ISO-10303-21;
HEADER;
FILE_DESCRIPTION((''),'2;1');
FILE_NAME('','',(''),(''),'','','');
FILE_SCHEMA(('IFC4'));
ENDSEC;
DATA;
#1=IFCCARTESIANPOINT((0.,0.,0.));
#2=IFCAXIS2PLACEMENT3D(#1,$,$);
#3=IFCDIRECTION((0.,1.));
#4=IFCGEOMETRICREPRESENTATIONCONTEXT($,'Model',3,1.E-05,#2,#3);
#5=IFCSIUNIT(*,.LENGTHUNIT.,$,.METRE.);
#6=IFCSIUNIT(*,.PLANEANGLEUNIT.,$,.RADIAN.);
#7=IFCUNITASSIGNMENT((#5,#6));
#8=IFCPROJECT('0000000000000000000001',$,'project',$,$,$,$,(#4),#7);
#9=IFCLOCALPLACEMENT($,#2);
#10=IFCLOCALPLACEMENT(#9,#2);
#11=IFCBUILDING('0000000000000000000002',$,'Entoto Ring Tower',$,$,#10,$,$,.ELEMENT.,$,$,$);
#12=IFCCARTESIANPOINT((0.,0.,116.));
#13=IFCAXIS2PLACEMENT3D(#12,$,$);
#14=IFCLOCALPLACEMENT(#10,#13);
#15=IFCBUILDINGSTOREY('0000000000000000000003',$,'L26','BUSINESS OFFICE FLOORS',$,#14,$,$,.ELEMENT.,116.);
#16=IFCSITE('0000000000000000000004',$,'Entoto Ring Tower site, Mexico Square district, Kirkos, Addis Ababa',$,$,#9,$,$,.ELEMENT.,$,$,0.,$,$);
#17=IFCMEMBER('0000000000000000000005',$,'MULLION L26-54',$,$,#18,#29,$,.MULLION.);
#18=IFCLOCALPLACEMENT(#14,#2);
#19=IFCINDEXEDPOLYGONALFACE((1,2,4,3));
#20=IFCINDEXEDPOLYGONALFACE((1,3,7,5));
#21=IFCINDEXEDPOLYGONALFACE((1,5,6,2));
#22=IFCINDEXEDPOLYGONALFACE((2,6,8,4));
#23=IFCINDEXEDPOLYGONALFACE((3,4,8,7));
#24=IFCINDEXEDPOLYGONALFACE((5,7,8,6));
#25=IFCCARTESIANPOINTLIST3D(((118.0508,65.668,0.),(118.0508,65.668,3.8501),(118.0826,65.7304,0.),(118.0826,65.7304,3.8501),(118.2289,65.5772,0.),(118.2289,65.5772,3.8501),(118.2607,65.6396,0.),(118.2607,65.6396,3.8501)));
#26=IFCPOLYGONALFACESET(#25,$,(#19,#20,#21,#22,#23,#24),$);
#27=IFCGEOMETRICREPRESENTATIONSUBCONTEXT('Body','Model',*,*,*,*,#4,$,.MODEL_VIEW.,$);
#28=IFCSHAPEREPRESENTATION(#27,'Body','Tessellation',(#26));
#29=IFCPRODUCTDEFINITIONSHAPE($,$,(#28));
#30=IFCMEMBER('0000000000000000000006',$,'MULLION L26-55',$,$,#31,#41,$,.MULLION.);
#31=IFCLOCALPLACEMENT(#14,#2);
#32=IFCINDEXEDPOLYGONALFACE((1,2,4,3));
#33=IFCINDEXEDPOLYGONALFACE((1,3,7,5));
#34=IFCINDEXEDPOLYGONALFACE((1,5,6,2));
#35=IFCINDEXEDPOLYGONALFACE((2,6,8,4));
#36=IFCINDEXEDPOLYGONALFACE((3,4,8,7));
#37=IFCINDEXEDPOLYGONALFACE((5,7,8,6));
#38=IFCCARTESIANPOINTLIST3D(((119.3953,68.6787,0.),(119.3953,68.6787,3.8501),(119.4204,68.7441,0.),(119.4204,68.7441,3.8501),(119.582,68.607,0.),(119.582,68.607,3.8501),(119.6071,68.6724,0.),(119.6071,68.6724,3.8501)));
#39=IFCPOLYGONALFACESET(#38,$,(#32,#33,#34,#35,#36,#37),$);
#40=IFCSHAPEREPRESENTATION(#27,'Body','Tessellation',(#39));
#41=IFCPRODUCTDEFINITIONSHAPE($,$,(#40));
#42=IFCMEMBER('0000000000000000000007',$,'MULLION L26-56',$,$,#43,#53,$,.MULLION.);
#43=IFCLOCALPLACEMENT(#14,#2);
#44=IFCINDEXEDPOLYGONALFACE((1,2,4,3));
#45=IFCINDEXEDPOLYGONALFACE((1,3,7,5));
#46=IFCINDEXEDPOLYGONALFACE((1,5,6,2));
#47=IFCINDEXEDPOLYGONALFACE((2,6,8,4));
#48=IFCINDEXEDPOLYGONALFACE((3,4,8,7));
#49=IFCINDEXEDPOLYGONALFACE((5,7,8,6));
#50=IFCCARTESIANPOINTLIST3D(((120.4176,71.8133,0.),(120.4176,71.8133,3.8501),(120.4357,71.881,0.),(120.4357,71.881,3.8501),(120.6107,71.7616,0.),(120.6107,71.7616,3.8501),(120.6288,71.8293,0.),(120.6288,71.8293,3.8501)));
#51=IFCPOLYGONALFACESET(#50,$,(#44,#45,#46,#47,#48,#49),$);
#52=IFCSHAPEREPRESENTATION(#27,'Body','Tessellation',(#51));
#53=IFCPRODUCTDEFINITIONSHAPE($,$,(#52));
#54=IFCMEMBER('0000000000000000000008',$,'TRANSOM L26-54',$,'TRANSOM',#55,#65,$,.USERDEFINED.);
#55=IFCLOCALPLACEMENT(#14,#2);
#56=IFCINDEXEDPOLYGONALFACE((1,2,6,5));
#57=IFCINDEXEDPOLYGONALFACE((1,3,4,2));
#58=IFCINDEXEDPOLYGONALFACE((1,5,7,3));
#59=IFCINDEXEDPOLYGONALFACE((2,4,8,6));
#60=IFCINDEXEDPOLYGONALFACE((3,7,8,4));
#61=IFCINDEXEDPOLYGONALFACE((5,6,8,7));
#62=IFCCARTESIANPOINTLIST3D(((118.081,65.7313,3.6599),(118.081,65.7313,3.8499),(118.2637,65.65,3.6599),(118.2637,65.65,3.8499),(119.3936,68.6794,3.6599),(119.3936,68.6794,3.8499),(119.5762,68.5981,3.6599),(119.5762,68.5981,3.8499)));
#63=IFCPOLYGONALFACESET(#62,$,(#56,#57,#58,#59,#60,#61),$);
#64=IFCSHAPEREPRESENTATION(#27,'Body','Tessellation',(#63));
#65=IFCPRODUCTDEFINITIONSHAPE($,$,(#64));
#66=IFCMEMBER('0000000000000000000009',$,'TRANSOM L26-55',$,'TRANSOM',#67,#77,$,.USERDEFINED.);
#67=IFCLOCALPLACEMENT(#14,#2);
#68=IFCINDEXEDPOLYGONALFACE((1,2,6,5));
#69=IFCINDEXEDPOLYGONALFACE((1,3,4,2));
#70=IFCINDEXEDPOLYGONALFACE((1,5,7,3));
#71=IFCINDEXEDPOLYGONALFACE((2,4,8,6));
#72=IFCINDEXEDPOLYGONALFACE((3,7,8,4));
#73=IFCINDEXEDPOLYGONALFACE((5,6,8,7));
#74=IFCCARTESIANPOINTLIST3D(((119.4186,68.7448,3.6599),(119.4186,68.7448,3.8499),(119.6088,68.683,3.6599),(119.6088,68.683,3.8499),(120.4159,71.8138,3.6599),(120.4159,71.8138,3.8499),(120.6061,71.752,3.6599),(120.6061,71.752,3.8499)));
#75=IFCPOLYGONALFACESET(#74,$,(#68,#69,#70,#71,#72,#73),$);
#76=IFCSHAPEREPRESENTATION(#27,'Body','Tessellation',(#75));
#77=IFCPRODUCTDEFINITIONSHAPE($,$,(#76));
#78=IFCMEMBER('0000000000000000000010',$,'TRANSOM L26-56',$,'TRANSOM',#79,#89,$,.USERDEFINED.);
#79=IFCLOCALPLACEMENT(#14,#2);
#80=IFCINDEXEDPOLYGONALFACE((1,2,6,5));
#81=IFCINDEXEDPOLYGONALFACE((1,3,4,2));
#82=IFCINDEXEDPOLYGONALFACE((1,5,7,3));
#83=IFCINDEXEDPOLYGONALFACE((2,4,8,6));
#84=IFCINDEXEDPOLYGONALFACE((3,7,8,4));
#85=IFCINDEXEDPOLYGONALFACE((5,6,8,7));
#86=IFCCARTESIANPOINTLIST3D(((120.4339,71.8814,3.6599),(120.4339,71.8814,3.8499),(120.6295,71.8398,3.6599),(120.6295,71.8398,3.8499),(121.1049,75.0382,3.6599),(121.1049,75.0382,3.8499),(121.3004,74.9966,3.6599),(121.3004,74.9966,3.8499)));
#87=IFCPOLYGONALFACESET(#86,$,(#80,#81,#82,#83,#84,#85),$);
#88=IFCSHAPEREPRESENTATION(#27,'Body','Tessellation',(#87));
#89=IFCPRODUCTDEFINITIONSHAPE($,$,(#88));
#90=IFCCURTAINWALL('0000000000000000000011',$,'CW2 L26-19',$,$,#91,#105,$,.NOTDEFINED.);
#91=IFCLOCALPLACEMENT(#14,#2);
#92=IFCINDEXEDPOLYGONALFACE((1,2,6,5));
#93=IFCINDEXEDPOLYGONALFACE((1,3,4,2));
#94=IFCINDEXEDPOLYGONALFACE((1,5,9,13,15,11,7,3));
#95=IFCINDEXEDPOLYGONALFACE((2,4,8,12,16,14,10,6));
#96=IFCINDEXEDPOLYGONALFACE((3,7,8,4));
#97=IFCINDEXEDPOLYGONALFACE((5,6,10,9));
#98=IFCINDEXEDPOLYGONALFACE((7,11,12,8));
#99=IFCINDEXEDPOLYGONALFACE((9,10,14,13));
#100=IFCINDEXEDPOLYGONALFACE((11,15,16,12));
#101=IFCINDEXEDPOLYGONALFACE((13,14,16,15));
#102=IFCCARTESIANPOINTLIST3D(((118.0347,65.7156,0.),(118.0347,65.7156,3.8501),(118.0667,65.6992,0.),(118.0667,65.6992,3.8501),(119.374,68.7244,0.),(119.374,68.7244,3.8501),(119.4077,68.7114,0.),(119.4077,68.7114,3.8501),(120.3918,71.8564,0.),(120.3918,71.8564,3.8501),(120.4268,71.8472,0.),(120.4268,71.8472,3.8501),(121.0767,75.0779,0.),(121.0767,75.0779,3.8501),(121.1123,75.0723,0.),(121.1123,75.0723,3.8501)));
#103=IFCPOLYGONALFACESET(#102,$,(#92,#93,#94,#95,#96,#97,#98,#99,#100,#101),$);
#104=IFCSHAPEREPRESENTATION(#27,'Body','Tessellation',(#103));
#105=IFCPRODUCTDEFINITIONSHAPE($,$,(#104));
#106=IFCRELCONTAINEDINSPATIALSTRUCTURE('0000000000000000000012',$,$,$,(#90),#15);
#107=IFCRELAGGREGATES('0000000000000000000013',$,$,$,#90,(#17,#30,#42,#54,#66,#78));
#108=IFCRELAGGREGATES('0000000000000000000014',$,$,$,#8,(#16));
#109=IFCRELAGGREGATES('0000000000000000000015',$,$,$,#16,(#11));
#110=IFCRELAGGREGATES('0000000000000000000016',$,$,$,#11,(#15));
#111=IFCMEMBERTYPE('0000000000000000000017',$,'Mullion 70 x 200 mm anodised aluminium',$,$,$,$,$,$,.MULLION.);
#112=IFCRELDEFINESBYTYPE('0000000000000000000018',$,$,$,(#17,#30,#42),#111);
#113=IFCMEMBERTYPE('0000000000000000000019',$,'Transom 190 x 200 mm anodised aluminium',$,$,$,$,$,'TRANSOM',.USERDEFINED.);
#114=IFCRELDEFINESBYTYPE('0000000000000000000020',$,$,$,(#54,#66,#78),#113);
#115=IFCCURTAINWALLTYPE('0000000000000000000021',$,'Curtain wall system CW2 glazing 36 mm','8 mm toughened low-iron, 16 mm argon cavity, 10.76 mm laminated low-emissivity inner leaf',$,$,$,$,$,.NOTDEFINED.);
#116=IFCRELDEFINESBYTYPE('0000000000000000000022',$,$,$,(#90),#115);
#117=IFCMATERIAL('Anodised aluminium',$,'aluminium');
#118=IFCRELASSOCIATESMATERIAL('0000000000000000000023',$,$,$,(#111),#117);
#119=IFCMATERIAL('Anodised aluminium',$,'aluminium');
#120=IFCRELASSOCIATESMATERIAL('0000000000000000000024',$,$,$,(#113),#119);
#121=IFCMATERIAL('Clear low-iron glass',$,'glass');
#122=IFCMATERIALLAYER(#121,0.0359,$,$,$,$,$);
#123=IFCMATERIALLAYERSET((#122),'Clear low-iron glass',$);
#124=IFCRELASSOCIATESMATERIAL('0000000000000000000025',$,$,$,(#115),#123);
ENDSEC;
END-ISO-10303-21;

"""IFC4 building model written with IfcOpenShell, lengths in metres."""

from ifc_helpers import new_model, si_unit, direction, frame, origin, origin_2d, place, context, subcontext, project, spatial, polyline, rectangle, outline, extrude, material, layer, layer_set, material_profile, profile_set, type_object, element, aggregate, save


model = new_model("IFC4")

# Units and contexts
model_context = context("Model", 3, precision=1e-05, world=origin(), true_north=direction((0.0, 1.0)))
body_context = subcontext(model_context, "Body", "Model", "MODEL_VIEW")
ifc_project = project(units=[si_unit("LENGTHUNIT", "METRE"), si_unit("PLANEANGLEUNIT", "RADIAN")], contexts=[model_context])

# Members
ifc_material_1 = material(Name="Anodised aluminium", Category="aluminium")
ifc_material_profile_1 = material_profile(ifc_material_1, rectangle(XDim=0.0701, YDim=0.2, at=origin_2d()), Name="Mullion 70 x 200 mm anodised aluminium")
ifc_profile_set_1 = profile_set([ifc_material_profile_1], Name="Anodised aluminium")
member_type_1 = type_object("IfcMemberType", Name="Mullion 70 x 200 mm anodised aluminium", PredefinedType="MULLION", material=ifc_profile_set_1)
site_placement = place(None, origin())
building_placement = place(site_placement, origin())
storey_placement = place(building_placement, frame((0.0, 0.0, 116.0)))
member_1_placement = place(storey_placement, frame((118.1558, 65.6538, 0.0), z_axis=(0.0, 0.0, 1.0), x_axis=(0.45399, 0.891007, 0.0)))
member_1 = element("IfcMember", 1, at=member_1_placement, type_object=member_type_1, Name="MULLION L26-54", PredefinedType="MULLION", context=body_context, shape_type="SweptSolid", body=[
    extrude(rectangle(XDim=0.0701, YDim=0.2, at=origin_2d()), origin(), (0.0, 0.0, 1.0), 3.8501),
])
member_2_placement = place(storey_placement, frame((119.5012, 68.6755, 0.0), z_axis=(0.0, 0.0, 1.0), x_axis=(0.358368, 0.93358, 0.0)))
member_2 = element("IfcMember", 2, at=member_2_placement, type_object=member_type_1, Name="MULLION L26-55", PredefinedType="MULLION", context=body_context, shape_type="SweptSolid", body=[
    extrude(rectangle(XDim=0.0701, YDim=0.2, at=origin_2d()), origin(), (0.0, 0.0, 1.0), 3.8501),
])
member_3_placement = place(storey_placement, frame((120.5232, 71.8213, 0.0), z_axis=(0.0, 0.0, 1.0), x_axis=(0.258819, 0.965926, 0.0)))
member_3 = element("IfcMember", 3, at=member_3_placement, type_object=member_type_1, Name="MULLION L26-56", PredefinedType="MULLION", context=body_context, shape_type="SweptSolid", body=[
    extrude(rectangle(XDim=0.0701, YDim=0.2, at=origin_2d()), origin(), (0.0, 0.0, 1.0), 3.8501),
])
ifc_material_2 = material(Name="Anodised aluminium", Category="aluminium")
ifc_material_profile_2 = material_profile(ifc_material_2, rectangle(XDim=0.2, YDim=0.1899, at=origin_2d()), Name="Transom 190 x 200 mm anodised aluminium")
ifc_profile_set_2 = profile_set([ifc_material_profile_2], Name="Anodised aluminium")
member_type_2 = type_object("IfcMemberType", Name="Transom 190 x 200 mm anodised aluminium", ElementType="TRANSOM", PredefinedType="USERDEFINED", material=ifc_profile_set_2)
member_4_placement = place(storey_placement, frame((118.1724, 65.6907, 3.7549), z_axis=(0.406728, 0.913549, 0.0), x_axis=(-0.913549, 0.406728, 0.0)))
member_4 = element("IfcMember", 4, at=member_4_placement, type_object=member_type_2, Name="TRANSOM L26-54", ObjectType="TRANSOM", PredefinedType="USERDEFINED", context=body_context, shape_type="SweptSolid", body=[
    extrude(rectangle(XDim=0.2, YDim=0.1899, at=origin_2d()), origin(), (0.0, 0.0, 1.0), 3.2271),
])
member_5_placement = place(storey_placement, frame((119.5137, 68.7139, 3.7549), z_axis=(0.309047, 0.951047, 0.0), x_axis=(-0.951047, 0.309047, 0.0)))
member_5 = element("IfcMember", 5, at=member_5_placement, type_object=member_type_2, Name="TRANSOM L26-55", ObjectType="TRANSOM", PredefinedType="USERDEFINED", context=body_context, shape_type="SweptSolid", body=[
    extrude(rectangle(XDim=0.2, YDim=0.1899, at=origin_2d()), origin(), (0.0, 0.0, 1.0), 3.2271),
])
member_6_placement = place(storey_placement, frame((120.5317, 71.8606, 3.7549), z_axis=(0.207886, 0.978153, 0.0), x_axis=(-0.978153, 0.207886, 0.0)))
member_6 = element("IfcMember", 6, at=member_6_placement, type_object=member_type_2, Name="TRANSOM L26-56", ObjectType="TRANSOM", PredefinedType="USERDEFINED", context=body_context, shape_type="SweptSolid", body=[
    extrude(rectangle(XDim=0.2, YDim=0.1899, at=origin_2d()), origin(), (0.0, 0.0, 1.0), 3.2273),
])

# Site, building, storey
site = spatial("IfcSite", under=ifc_project, at=site_placement, Name="Entoto Ring Tower site, Mexico Square district, Kirkos, Addis Ababa", CompositionType="ELEMENT", RefElevation=0.0)
building = spatial("IfcBuilding", under=site, at=building_placement, Name="Entoto Ring Tower", CompositionType="ELEMENT")
storey = spatial("IfcBuildingStorey", under=building, at=storey_placement, Name="L26", Description="BUSINESS OFFICE FLOORS", CompositionType="ELEMENT", Elevation=116.0)

# Curtain wall
ifc_material_3 = material(Name="Clear low-iron glass", Category="glass")
ifc_layer_1 = layer(ifc_material_3, 0.0359)
ifc_layer_set_1 = layer_set([ifc_layer_1], Name="Clear low-iron glass")
curtain_wall_type = type_object("IfcCurtainWallType", Name="Curtain wall system CW2 glazing 36 mm", Description="8 mm toughened low-iron, 16 mm argon cavity, 10.76 mm laminated low-emissivity inner leaf", PredefinedType="NOTDEFINED", material=ifc_layer_set_1)
curtain_wall_1_placement = place(storey_placement, origin())
curtain_wall_1 = element("IfcCurtainWall", 7, at=curtain_wall_1_placement, inside=storey, type_object=curtain_wall_type, Name="CW2 L26-19", PredefinedType="NOTDEFINED", context=body_context, shape_type="SweptSolid", body=[
    extrude(outline(polyline([(118.0667, 65.6992), (119.4077, 68.7114), (120.4268, 71.8472), (121.1123, 75.0723), (121.0767, 75.0779), (120.3918, 71.8564), (119.374, 68.7244), (118.0347, 65.7156), (118.0667, 65.6992)])), origin(), (0.0, 0.0, 1.0), 3.8501),
])
aggregate(curtain_wall_1, [member_1, member_2, member_3, member_4, member_5, member_6])

save(model, "model.ifc")
